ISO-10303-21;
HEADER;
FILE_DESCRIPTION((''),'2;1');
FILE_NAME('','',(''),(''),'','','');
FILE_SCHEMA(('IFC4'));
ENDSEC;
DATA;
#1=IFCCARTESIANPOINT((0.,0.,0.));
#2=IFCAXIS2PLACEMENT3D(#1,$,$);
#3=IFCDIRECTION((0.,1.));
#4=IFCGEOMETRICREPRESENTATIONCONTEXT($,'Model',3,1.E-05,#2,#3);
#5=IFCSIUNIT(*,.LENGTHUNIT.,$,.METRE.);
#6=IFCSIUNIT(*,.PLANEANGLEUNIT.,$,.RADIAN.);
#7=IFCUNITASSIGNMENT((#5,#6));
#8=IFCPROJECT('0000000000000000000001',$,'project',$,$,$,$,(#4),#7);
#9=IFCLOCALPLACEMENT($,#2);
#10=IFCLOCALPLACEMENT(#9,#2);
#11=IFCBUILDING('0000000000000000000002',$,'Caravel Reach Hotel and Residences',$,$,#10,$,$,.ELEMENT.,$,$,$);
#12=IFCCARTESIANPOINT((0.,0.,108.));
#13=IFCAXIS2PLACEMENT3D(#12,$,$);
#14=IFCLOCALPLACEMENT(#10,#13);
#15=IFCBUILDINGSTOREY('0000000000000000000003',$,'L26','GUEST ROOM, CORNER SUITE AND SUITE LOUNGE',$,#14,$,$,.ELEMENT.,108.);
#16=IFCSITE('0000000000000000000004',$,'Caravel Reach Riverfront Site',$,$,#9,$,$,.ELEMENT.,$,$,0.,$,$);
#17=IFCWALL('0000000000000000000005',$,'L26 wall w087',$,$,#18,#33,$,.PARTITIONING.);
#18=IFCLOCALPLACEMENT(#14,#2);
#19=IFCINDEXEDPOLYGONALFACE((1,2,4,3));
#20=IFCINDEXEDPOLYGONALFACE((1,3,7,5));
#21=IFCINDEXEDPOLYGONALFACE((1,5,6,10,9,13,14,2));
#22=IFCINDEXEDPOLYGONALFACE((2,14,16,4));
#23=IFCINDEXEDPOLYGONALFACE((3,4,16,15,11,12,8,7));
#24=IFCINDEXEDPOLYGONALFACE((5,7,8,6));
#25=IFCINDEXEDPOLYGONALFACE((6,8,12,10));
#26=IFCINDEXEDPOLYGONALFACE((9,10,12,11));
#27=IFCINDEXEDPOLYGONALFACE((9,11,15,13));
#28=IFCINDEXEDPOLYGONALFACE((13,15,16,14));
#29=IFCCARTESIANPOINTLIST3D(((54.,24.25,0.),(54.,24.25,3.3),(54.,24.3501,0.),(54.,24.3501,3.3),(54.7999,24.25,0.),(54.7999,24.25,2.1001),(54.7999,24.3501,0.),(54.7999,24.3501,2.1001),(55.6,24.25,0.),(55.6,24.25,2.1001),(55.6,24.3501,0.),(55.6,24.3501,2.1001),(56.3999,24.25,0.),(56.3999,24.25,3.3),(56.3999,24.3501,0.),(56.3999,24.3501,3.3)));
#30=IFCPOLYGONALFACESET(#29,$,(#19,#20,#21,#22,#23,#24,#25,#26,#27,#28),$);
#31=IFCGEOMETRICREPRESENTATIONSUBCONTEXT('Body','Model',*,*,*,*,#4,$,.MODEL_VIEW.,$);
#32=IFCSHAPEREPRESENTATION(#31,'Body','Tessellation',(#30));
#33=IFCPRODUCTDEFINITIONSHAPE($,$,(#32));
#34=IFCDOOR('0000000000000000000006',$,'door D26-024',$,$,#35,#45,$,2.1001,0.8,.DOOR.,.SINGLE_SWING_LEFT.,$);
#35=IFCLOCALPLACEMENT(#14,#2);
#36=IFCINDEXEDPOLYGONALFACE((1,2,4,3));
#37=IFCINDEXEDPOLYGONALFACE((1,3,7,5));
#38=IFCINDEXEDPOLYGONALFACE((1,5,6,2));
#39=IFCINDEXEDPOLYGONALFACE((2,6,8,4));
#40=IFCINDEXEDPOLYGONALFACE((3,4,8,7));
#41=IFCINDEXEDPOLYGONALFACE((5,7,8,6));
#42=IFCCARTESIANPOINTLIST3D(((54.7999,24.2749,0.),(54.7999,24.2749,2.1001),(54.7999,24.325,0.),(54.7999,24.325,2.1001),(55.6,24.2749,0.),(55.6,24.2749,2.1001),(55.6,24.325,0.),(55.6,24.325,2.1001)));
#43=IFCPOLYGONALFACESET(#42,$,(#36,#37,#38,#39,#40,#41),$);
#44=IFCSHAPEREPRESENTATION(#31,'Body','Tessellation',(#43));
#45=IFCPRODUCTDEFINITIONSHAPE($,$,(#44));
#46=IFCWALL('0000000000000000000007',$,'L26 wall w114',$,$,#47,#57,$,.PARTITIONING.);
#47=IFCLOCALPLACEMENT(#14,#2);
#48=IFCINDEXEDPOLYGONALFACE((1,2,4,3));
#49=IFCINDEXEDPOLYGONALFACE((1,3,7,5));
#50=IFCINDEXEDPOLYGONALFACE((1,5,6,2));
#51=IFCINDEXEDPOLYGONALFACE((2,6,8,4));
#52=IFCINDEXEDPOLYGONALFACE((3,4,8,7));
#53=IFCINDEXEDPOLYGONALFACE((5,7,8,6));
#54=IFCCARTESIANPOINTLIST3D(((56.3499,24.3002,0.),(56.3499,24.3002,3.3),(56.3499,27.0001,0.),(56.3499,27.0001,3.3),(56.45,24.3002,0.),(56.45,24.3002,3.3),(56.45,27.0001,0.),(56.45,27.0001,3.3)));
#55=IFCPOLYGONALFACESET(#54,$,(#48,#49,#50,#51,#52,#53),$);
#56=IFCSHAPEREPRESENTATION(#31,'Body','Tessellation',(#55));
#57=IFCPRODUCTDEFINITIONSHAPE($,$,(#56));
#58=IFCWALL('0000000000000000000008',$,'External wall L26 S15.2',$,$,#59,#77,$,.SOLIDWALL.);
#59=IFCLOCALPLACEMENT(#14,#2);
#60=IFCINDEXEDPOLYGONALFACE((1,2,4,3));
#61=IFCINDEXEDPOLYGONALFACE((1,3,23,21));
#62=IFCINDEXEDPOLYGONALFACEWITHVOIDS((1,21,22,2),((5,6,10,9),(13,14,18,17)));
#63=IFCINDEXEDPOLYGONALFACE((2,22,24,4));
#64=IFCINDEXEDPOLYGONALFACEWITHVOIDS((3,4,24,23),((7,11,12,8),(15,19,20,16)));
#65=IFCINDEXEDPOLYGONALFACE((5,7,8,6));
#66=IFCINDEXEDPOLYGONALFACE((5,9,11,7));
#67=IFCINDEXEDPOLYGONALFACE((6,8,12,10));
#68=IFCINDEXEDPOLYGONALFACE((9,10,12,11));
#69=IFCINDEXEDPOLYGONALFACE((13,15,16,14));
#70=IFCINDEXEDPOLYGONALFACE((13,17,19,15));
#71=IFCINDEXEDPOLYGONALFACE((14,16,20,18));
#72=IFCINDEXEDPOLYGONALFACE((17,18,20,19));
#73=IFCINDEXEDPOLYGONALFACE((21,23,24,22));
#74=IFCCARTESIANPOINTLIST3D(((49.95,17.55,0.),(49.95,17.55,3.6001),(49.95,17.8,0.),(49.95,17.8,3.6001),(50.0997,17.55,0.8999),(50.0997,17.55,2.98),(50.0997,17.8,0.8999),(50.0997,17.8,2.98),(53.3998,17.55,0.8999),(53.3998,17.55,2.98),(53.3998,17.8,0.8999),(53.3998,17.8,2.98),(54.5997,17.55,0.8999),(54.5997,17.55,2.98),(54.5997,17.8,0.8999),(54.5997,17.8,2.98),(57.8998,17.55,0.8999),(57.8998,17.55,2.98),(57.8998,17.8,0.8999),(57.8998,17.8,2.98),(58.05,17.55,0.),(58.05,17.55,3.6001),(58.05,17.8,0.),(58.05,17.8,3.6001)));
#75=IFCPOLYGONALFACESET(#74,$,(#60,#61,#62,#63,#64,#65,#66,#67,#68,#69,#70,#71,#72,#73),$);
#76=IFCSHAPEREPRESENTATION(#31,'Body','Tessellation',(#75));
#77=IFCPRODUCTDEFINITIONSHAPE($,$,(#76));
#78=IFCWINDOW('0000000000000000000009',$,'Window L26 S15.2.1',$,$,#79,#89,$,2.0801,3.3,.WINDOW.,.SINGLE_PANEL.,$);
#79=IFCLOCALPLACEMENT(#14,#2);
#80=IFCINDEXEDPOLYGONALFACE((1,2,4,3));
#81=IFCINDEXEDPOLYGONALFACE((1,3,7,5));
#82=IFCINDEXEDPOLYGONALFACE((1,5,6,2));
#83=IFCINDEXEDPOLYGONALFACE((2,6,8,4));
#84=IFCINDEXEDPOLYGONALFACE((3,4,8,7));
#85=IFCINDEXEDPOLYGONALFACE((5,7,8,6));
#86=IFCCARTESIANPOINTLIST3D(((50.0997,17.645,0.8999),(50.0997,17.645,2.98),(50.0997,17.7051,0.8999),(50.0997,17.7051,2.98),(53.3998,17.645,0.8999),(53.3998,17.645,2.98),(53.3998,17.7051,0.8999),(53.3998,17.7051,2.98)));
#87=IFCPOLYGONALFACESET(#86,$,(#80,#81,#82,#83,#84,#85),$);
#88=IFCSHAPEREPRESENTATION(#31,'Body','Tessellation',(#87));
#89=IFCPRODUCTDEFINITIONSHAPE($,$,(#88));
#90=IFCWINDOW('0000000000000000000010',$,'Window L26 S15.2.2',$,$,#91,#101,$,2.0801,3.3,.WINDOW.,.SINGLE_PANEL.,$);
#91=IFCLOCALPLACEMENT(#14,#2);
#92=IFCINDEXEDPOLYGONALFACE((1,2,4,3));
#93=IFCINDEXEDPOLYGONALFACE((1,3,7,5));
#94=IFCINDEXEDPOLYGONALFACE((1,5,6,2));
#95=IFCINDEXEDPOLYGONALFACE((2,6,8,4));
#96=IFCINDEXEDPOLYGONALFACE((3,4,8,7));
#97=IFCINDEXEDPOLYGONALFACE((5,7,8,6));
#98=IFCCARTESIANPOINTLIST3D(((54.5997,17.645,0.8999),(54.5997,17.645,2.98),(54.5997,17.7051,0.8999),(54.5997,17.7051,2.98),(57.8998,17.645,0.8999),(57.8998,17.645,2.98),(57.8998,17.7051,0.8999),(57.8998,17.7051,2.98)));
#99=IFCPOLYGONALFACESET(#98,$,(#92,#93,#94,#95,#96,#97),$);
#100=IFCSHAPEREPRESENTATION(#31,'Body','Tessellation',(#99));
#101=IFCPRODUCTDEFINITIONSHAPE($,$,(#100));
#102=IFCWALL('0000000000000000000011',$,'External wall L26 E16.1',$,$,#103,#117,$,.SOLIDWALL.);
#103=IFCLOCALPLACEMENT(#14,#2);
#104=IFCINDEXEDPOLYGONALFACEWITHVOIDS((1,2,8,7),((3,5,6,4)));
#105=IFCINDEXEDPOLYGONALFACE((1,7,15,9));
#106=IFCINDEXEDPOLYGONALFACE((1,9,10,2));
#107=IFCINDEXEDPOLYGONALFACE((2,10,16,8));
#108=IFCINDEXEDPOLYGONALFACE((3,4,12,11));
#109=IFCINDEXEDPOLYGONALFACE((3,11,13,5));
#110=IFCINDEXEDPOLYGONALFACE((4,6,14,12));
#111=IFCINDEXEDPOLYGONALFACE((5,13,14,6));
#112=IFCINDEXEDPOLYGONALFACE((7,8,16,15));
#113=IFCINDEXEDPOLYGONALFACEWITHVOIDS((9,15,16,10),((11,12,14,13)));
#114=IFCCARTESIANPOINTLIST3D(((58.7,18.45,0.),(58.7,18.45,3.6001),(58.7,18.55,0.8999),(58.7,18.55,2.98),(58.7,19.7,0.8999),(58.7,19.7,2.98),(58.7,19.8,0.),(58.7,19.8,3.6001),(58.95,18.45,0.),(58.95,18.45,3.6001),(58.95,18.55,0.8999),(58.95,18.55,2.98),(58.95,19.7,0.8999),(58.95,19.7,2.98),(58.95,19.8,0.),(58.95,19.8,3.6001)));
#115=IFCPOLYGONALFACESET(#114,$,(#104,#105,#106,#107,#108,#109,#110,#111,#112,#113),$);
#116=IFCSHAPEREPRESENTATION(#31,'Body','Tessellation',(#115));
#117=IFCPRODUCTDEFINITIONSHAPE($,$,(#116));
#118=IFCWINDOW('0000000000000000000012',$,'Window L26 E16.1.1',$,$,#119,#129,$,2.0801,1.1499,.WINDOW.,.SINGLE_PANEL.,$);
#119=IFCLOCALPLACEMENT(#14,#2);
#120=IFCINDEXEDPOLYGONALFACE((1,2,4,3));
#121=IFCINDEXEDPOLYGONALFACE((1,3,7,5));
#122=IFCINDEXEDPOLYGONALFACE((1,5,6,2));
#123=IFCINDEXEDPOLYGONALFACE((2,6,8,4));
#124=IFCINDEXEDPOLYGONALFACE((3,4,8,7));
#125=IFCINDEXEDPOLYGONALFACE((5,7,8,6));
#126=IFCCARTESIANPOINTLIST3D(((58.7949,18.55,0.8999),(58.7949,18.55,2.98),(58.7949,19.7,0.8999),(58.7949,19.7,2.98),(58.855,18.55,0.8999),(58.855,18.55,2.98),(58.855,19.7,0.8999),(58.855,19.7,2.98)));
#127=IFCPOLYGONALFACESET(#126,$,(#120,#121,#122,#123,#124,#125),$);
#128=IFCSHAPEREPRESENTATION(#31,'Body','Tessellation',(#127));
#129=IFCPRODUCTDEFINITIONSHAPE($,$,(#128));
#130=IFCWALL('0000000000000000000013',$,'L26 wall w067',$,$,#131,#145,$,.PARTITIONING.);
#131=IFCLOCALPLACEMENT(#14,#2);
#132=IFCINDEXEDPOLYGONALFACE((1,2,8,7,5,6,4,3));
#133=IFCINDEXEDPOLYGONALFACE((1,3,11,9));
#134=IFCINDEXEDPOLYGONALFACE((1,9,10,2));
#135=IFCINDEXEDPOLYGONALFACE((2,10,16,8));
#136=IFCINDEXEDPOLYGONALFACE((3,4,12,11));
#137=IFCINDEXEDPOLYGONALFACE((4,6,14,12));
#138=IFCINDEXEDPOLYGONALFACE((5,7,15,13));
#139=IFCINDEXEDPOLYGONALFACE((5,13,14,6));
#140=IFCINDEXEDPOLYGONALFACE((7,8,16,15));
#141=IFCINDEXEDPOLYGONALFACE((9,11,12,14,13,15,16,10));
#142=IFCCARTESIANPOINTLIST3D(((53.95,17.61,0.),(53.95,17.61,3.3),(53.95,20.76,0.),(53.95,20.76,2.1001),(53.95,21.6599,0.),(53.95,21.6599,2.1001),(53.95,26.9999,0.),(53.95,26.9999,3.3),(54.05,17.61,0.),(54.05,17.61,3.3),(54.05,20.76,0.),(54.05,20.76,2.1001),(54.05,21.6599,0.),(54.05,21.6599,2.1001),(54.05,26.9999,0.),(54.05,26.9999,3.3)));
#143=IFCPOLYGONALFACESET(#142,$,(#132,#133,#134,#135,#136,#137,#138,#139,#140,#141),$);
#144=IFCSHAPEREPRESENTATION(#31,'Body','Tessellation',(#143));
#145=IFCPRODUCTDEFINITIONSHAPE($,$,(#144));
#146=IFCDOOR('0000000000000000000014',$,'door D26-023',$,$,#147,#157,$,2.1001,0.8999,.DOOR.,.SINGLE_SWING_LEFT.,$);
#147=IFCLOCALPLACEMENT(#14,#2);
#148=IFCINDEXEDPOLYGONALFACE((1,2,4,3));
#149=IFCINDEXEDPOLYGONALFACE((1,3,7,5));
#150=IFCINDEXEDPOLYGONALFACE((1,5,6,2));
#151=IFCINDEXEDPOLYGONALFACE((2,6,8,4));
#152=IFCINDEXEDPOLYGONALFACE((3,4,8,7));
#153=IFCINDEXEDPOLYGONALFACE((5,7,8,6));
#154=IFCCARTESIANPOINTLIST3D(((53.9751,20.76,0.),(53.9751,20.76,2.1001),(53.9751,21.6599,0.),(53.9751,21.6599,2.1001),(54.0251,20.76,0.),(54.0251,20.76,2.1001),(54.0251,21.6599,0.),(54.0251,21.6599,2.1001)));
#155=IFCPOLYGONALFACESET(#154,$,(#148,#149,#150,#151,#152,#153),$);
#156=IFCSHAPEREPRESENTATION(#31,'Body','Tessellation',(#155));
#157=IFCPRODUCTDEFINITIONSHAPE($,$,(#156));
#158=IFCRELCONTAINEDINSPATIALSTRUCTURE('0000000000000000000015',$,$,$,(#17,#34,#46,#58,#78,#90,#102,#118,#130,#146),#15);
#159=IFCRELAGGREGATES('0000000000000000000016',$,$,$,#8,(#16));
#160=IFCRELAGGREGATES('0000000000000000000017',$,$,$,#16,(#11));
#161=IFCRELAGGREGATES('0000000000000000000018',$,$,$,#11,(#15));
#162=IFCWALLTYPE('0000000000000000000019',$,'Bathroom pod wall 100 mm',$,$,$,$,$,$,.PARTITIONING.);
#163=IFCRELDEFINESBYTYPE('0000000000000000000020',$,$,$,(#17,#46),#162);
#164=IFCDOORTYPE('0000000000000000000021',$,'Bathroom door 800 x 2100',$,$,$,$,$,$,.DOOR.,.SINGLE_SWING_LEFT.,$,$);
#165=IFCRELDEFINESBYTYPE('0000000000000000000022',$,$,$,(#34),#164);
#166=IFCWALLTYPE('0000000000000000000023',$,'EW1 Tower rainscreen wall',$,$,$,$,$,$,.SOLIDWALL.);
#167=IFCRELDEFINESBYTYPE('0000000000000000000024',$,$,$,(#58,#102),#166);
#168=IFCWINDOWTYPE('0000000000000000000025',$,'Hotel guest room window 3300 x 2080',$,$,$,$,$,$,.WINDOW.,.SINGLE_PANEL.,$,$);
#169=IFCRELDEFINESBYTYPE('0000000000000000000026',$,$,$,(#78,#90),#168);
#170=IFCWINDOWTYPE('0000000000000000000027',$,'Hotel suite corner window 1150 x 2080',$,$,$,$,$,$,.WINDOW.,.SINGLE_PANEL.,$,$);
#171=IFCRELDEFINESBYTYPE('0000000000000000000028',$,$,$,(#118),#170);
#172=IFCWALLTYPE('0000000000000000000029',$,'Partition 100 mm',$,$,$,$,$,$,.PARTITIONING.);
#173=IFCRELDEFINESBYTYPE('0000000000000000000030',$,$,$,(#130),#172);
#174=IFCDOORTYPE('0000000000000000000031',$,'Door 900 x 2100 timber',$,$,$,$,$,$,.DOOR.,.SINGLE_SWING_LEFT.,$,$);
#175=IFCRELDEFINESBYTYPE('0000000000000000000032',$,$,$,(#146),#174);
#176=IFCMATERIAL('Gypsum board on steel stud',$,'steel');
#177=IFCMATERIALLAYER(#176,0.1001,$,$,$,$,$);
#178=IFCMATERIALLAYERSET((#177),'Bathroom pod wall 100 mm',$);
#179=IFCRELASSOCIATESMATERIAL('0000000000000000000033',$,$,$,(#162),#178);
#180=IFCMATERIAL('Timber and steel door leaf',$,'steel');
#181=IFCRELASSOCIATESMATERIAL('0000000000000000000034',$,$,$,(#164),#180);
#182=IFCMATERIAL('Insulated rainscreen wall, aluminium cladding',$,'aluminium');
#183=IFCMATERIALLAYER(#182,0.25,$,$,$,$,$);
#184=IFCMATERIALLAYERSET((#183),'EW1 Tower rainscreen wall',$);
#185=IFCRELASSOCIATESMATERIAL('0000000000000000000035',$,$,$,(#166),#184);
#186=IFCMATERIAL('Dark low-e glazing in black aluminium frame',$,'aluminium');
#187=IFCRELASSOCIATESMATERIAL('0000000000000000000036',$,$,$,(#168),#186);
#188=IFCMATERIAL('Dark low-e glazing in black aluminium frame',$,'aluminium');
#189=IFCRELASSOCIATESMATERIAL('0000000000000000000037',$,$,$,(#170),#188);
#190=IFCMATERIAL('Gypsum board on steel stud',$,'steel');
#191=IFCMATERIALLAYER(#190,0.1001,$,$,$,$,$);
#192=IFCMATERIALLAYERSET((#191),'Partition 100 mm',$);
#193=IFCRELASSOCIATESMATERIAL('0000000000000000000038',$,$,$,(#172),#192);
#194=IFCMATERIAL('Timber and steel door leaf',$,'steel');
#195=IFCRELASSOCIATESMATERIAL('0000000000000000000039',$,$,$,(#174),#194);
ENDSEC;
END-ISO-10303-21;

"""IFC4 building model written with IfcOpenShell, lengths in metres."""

from ifc_helpers import new_model, si_unit, direction, frame, frame_2d, origin, place, context, subcontext, project, spatial, rectangle, extrude, material, layer, layer_set, type_object, element, fill, save


model = new_model("IFC4")

# Units and contexts
model_context = context("Model", 3, precision=1e-05, world=origin(), true_north=direction((0.0, 1.0)))
body_context = subcontext(model_context, "Body", "Model", "MODEL_VIEW")
ifc_project = project(units=[si_unit("LENGTHUNIT", "METRE"), si_unit("PLANEANGLEUNIT", "RADIAN")], contexts=[model_context])

# Site, building, storey
site_placement = place(None, origin())
site = spatial("IfcSite", under=ifc_project, at=site_placement, Name="Caravel Reach Riverfront Site", CompositionType="ELEMENT", RefElevation=0.0)
building_placement = place(site_placement, origin())
building = spatial("IfcBuilding", under=site, at=building_placement, Name="Caravel Reach Hotel and Residences", CompositionType="ELEMENT")
storey_placement = place(building_placement, frame((0.0, 0.0, 108.0)))
storey = spatial("IfcBuildingStorey", under=building, at=storey_placement, Name="L26", Description="GUEST ROOM, CORNER SUITE AND SUITE LOUNGE", CompositionType="ELEMENT", Elevation=108.0)

# Wall, opening, door
ifc_material_1 = material(Name="Gypsum board on steel stud", Category="steel")
ifc_layer_1 = layer(ifc_material_1, 0.1001)
ifc_layer_set_1 = layer_set([ifc_layer_1], Name="Bathroom pod wall 100 mm")
wall_type_1 = type_object("IfcWallType", Name="Bathroom pod wall 100 mm", PredefinedType="PARTITIONING", material=ifc_layer_set_1)
wall_1_placement = place(storey_placement, frame((54.0, 24.3, 0.0), z_axis=(0.0, 0.0, 1.0), x_axis=(1.0, 0.0, 0.0)))
wall_1 = element("IfcWall", 1, at=wall_1_placement, inside=storey, type_object=wall_type_1, Name="L26 wall w087", PredefinedType="PARTITIONING", context=body_context, shape_type="SweptSolid", body=[
    extrude(rectangle(XDim=2.3999, YDim=0.1001, at=frame_2d((1.2, 0.0))), origin(), (0.0, 0.0, 1.0), 3.3),
])
opening_1_placement = place(wall_1_placement, frame((0.8, 0.0, 0.0)))
opening_1 = element("IfcOpeningElement", 2, at=opening_1_placement, cuts=wall_1, PredefinedType="OPENING", context=body_context, shape_type="SweptSolid", body=[
    extrude(rectangle(XDim=0.8, YDim=2.1001, at=frame_2d((0.3999, 1.05))), frame((0.0, 0.0601, 0.0), z_axis=(0.0, -1.0, 0.0), x_axis=(1.0, 0.0, 0.0)), (0.0, 0.0, 1.0), 0.1201),
])
ifc_material_2 = material(Name="Timber and steel door leaf", Category="steel")
door_type_1 = type_object("IfcDoorType", Name="Bathroom door 800 x 2100", OperationType="SINGLE_SWING_LEFT", PredefinedType="DOOR", material=ifc_material_2)
door_1_placement = place(opening_1_placement, origin())
door_1 = element("IfcDoor", 3, at=door_1_placement, inside=storey, type_object=door_type_1, Name="door D26-024", OperationType="SINGLE_SWING_LEFT", OverallHeight=2.1001, OverallWidth=0.8, PredefinedType="DOOR", context=body_context, shape_type="SweptSolid", body=[
    extrude(rectangle(XDim=0.8, YDim=2.1001, at=frame_2d((0.3999, 1.05))), frame((0.0, 0.0249, 0.0), z_axis=(0.0, -1.0, 0.0), x_axis=(1.0, 0.0, 0.0)), (0.0, 0.0, 1.0), 0.05),
])
fill(opening_1, door_1)

# Wall
wall_2_placement = place(storey_placement, frame((56.3999, 24.3, 0.0), z_axis=(0.0, 0.0, 1.0), x_axis=(0.0, 1.0, 0.0)))
element("IfcWall", 4, at=wall_2_placement, inside=storey, type_object=wall_type_1, Name="L26 wall w114", PredefinedType="PARTITIONING", context=body_context, shape_type="SweptSolid", body=[
    extrude(rectangle(XDim=2.7, YDim=0.1001, at=frame_2d((1.3501, 0.0))), origin(), (0.0, 0.0, 1.0), 3.3),
])

# Wall, openings, windows
ifc_material_3 = material(Name="Insulated rainscreen wall, aluminium cladding", Category="aluminium")
ifc_layer_2 = layer(ifc_material_3, 0.25)
ifc_layer_set_2 = layer_set([ifc_layer_2], Name="EW1 Tower rainscreen wall")
wall_type_2 = type_object("IfcWallType", Name="EW1 Tower rainscreen wall", PredefinedType="SOLIDWALL", material=ifc_layer_set_2)
wall_3_placement = place(storey_placement, frame((49.95, 17.675, 0.0), z_axis=(0.0, 0.0, 1.0), x_axis=(1.0, 0.0, 0.0)))
wall_3 = element("IfcWall", 5, at=wall_3_placement, inside=storey, type_object=wall_type_2, Name="External wall L26 S15.2", PredefinedType="SOLIDWALL", context=body_context, shape_type="SweptSolid", body=[
    extrude(rectangle(XDim=8.1001, YDim=0.25, at=frame_2d((4.05, 0.0))), origin(), (0.0, 0.0, 1.0), 3.6001),
])
opening_2_placement = place(wall_3_placement, frame((0.1499, 0.0, 0.8999)))
opening_2 = element("IfcOpeningElement", 6, at=opening_2_placement, cuts=wall_3, PredefinedType="OPENING", context=body_context, shape_type="SweptSolid", body=[
    extrude(rectangle(XDim=3.3, YDim=2.0801, at=frame_2d((1.6499, 1.04))), frame((0.0, 0.135, 0.0), z_axis=(0.0, -1.0, 0.0), x_axis=(1.0, 0.0, 0.0)), (0.0, 0.0, 1.0), 0.27),
])
opening_3_placement = place(wall_3_placement, frame((4.6499, 0.0, 0.8999)))
opening_3 = element("IfcOpeningElement", 7, at=opening_3_placement, cuts=wall_3, PredefinedType="OPENING", context=body_context, shape_type="SweptSolid", body=[
    extrude(rectangle(XDim=3.3, YDim=2.0801, at=frame_2d((1.6499, 1.04))), frame((0.0, 0.135, 0.0), z_axis=(0.0, -1.0, 0.0), x_axis=(1.0, 0.0, 0.0)), (0.0, 0.0, 1.0), 0.27),
])
ifc_material_4 = material(Name="Dark low-e glazing in black aluminium frame", Category="aluminium")
window_type_1 = type_object("IfcWindowType", Name="Hotel guest room window 3300 x 2080", PartitioningType="SINGLE_PANEL", PredefinedType="WINDOW", material=ifc_material_4)
window_1_placement = place(opening_2_placement, origin())
window_1 = element("IfcWindow", 8, at=window_1_placement, inside=storey, type_object=window_type_1, Name="Window L26 S15.2.1", OverallHeight=2.0801, OverallWidth=3.3, PartitioningType="SINGLE_PANEL", PredefinedType="WINDOW", context=body_context, shape_type="SweptSolid", body=[
    extrude(rectangle(XDim=3.3, YDim=2.0801, at=frame_2d((1.6499, 1.04))), frame((0.0, 0.03, 0.0), z_axis=(0.0, -1.0, 0.0), x_axis=(1.0, 0.0, 0.0)), (0.0, 0.0, 1.0), 0.0601),
])
fill(opening_2, window_1)
window_2_placement = place(opening_3_placement, origin())
window_2 = element("IfcWindow", 9, at=window_2_placement, inside=storey, type_object=window_type_1, Name="Window L26 S15.2.2", OverallHeight=2.0801, OverallWidth=3.3, PartitioningType="SINGLE_PANEL", PredefinedType="WINDOW", context=body_context, shape_type="SweptSolid", body=[
    extrude(rectangle(XDim=3.3, YDim=2.0801, at=frame_2d((1.6499, 1.04))), frame((0.0, 0.03, 0.0), z_axis=(0.0, -1.0, 0.0), x_axis=(1.0, 0.0, 0.0)), (0.0, 0.0, 1.0), 0.0601),
])
fill(opening_3, window_2)

# Wall, opening, window
wall_4_placement = place(storey_placement, frame((58.825, 18.45, 0.0), z_axis=(0.0, 0.0, 1.0), x_axis=(0.0, 1.0, 0.0)))
wall_4 = element("IfcWall", 10, at=wall_4_placement, inside=storey, type_object=wall_type_2, Name="External wall L26 E16.1", PredefinedType="SOLIDWALL", context=body_context, shape_type="SweptSolid", body=[
    extrude(rectangle(XDim=1.3501, YDim=0.25, at=frame_2d((0.675, 0.0))), origin(), (0.0, 0.0, 1.0), 3.6001),
])
opening_4_placement = place(wall_4_placement, frame((0.1001, 0.0, 0.8999)))
opening_4 = element("IfcOpeningElement", 11, at=opening_4_placement, cuts=wall_4, PredefinedType="OPENING", context=body_context, shape_type="SweptSolid", body=[
    extrude(rectangle(XDim=1.1499, YDim=2.0801, at=frame_2d((0.575, 1.04))), frame((0.0, 0.135, 0.0), z_axis=(0.0, -1.0, 0.0), x_axis=(1.0, 0.0, 0.0)), (0.0, 0.0, 1.0), 0.27),
])
ifc_material_5 = material(Name="Dark low-e glazing in black aluminium frame", Category="aluminium")
window_type_2 = type_object("IfcWindowType", Name="Hotel suite corner window 1150 x 2080", PartitioningType="SINGLE_PANEL", PredefinedType="WINDOW", material=ifc_material_5)
window_3_placement = place(opening_4_placement, origin())
window_3 = element("IfcWindow", 12, at=window_3_placement, inside=storey, type_object=window_type_2, Name="Window L26 E16.1.1", OverallHeight=2.0801, OverallWidth=1.1499, PartitioningType="SINGLE_PANEL", PredefinedType="WINDOW", context=body_context, shape_type="SweptSolid", body=[
    extrude(rectangle(XDim=1.1499, YDim=2.0801, at=frame_2d((0.575, 1.04))), frame((0.0, 0.03, 0.0), z_axis=(0.0, -1.0, 0.0), x_axis=(1.0, 0.0, 0.0)), (0.0, 0.0, 1.0), 0.0601),
])
fill(opening_4, window_3)

# Wall, opening, door
ifc_material_6 = material(Name="Gypsum board on steel stud", Category="steel")
ifc_layer_3 = layer(ifc_material_6, 0.1001)
ifc_layer_set_3 = layer_set([ifc_layer_3], Name="Partition 100 mm")
wall_type_3 = type_object("IfcWallType", Name="Partition 100 mm", PredefinedType="PARTITIONING", material=ifc_layer_set_3)
wall_5_placement = place(storey_placement, frame((54.0, 17.6101, 0.0), z_axis=(0.0, 0.0, 1.0), x_axis=(0.0, 1.0, 0.0)))
wall_5 = element("IfcWall", 13, at=wall_5_placement, inside=storey, type_object=wall_type_3, Name="L26 wall w067", PredefinedType="PARTITIONING", context=body_context, shape_type="SweptSolid", body=[
    extrude(rectangle(XDim=9.3899, YDim=0.1001, at=frame_2d((4.6948, 0.0))), origin(), (0.0, 0.0, 1.0), 3.3),
])
opening_5_placement = place(wall_5_placement, frame((3.1499, 0.0, 0.0)))
opening_5 = element("IfcOpeningElement", 14, at=opening_5_placement, cuts=wall_5, PredefinedType="OPENING", context=body_context, shape_type="SweptSolid", body=[
    extrude(rectangle(XDim=0.8999, YDim=2.1001, at=frame_2d((0.45, 1.05))), frame((0.0, 0.0601, 0.0), z_axis=(0.0, -1.0, 0.0), x_axis=(1.0, 0.0, 0.0)), (0.0, 0.0, 1.0), 0.1201),
])
ifc_material_7 = material(Name="Timber and steel door leaf", Category="steel")
door_type_2 = type_object("IfcDoorType", Name="Door 900 x 2100 timber", OperationType="SINGLE_SWING_LEFT", PredefinedType="DOOR", material=ifc_material_7)
door_2_placement = place(opening_5_placement, origin())
door_2 = element("IfcDoor", 15, at=door_2_placement, inside=storey, type_object=door_type_2, Name="door D26-023", OperationType="SINGLE_SWING_LEFT", OverallHeight=2.1001, OverallWidth=0.8999, PredefinedType="DOOR", context=body_context, shape_type="SweptSolid", body=[
    extrude(rectangle(XDim=0.8999, YDim=2.1001, at=frame_2d((0.45, 1.05))), frame((0.0, 0.0249, 0.0), z_axis=(0.0, -1.0, 0.0), x_axis=(1.0, 0.0, 0.0)), (0.0, 0.0, 1.0), 0.05),
])
fill(opening_5, door_2)

save(model, "model.ifc")
